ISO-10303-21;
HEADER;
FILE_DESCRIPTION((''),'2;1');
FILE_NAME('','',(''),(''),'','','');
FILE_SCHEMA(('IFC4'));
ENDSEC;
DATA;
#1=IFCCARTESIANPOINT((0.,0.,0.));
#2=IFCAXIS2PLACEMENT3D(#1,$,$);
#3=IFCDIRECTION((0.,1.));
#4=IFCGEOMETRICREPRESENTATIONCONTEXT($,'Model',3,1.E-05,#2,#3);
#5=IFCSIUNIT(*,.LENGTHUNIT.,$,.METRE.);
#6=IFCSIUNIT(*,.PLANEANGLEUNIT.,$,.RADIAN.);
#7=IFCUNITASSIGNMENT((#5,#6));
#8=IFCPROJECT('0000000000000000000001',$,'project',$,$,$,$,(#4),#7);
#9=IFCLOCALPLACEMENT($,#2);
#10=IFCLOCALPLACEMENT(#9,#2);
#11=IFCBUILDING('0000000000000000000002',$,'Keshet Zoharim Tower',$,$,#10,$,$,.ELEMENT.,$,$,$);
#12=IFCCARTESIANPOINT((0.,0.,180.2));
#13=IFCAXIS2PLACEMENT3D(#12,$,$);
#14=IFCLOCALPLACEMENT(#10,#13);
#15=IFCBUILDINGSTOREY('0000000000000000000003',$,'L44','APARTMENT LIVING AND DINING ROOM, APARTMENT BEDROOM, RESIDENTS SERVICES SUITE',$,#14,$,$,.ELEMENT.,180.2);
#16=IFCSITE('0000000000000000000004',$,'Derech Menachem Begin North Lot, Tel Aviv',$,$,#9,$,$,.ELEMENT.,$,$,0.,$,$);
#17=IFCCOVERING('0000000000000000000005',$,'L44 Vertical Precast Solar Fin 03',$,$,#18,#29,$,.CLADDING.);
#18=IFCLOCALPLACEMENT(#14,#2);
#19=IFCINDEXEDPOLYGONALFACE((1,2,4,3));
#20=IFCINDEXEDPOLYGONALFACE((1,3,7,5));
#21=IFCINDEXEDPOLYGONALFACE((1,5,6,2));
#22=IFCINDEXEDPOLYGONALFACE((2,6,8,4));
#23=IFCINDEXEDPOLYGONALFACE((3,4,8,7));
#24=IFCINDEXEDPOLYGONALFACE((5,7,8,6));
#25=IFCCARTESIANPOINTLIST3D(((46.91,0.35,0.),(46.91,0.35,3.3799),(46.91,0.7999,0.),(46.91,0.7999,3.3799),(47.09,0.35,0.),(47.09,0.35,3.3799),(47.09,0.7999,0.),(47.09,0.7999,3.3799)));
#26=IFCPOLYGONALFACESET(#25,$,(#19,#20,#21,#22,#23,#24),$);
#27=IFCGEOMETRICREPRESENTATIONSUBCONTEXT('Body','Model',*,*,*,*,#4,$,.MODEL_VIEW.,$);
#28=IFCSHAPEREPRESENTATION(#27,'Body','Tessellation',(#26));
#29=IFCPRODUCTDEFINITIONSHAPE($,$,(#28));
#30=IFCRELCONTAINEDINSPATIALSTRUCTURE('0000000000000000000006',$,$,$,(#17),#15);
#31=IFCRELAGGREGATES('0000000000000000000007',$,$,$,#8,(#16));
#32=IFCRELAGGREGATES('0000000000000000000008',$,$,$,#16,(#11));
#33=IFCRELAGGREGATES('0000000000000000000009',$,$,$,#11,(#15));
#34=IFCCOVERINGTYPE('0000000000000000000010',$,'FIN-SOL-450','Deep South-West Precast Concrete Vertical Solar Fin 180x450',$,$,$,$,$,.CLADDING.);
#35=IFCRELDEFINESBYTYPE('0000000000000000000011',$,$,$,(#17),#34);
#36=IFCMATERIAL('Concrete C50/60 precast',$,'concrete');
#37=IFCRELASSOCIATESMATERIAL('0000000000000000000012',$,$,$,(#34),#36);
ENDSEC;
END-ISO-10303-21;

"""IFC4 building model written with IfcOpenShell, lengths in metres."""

from ifc_helpers import new_model, si_unit, direction, frame, origin, origin_2d, place, context, subcontext, project, spatial, rectangle, extrude, material, type_object, element, save


model = new_model("IFC4")

# Units and contexts
model_context = context("Model", 3, precision=1e-05, world=origin(), true_north=direction((0.0, 1.0)))
body_context = subcontext(model_context, "Body", "Model", "MODEL_VIEW")
ifc_project = project(units=[si_unit("LENGTHUNIT", "METRE"), si_unit("PLANEANGLEUNIT", "RADIAN")], contexts=[model_context])

# Site, building, storey
site_placement = place(None, origin())
site = spatial("IfcSite", under=ifc_project, at=site_placement, Name="Derech Menachem Begin North Lot, Tel Aviv", CompositionType="ELEMENT", RefElevation=0.0)
building_placement = place(site_placement, origin())
building = spatial("IfcBuilding", under=site, at=building_placement, Name="Keshet Zoharim Tower", CompositionType="ELEMENT")
storey_placement = place(building_placement, frame((0.0, 0.0, 180.2)))
storey = spatial("IfcBuildingStorey", under=building, at=storey_placement, Name="L44", Description="APARTMENT LIVING AND DINING ROOM, APARTMENT BEDROOM, RESIDENTS SERVICES SUITE", CompositionType="ELEMENT", Elevation=180.2)

# Covering
ifc_material_1 = material(Name="Concrete C50/60 precast", Category="concrete")
covering_type = type_object("IfcCoveringType", Name="FIN-SOL-450", Description="Deep South-West Precast Concrete Vertical Solar Fin 180x450", PredefinedType="CLADDING", material=ifc_material_1)
covering_placement = place(storey_placement, frame((47.0, 0.575, 0.0), z_axis=(0.0, 0.0, 1.0), x_axis=(-1.0, 0.0, 0.0)))
element("IfcCovering", 1, at=covering_placement, inside=storey, type_object=covering_type, Name="L44 Vertical Precast Solar Fin 03", PredefinedType="CLADDING", context=body_context, shape_type="SweptSolid", body=[
    extrude(rectangle(XDim=0.1799, YDim=0.45, at=origin_2d()), origin(), (0.0, 0.0, 1.0), 3.3799),
])

save(model, "model.ifc")
